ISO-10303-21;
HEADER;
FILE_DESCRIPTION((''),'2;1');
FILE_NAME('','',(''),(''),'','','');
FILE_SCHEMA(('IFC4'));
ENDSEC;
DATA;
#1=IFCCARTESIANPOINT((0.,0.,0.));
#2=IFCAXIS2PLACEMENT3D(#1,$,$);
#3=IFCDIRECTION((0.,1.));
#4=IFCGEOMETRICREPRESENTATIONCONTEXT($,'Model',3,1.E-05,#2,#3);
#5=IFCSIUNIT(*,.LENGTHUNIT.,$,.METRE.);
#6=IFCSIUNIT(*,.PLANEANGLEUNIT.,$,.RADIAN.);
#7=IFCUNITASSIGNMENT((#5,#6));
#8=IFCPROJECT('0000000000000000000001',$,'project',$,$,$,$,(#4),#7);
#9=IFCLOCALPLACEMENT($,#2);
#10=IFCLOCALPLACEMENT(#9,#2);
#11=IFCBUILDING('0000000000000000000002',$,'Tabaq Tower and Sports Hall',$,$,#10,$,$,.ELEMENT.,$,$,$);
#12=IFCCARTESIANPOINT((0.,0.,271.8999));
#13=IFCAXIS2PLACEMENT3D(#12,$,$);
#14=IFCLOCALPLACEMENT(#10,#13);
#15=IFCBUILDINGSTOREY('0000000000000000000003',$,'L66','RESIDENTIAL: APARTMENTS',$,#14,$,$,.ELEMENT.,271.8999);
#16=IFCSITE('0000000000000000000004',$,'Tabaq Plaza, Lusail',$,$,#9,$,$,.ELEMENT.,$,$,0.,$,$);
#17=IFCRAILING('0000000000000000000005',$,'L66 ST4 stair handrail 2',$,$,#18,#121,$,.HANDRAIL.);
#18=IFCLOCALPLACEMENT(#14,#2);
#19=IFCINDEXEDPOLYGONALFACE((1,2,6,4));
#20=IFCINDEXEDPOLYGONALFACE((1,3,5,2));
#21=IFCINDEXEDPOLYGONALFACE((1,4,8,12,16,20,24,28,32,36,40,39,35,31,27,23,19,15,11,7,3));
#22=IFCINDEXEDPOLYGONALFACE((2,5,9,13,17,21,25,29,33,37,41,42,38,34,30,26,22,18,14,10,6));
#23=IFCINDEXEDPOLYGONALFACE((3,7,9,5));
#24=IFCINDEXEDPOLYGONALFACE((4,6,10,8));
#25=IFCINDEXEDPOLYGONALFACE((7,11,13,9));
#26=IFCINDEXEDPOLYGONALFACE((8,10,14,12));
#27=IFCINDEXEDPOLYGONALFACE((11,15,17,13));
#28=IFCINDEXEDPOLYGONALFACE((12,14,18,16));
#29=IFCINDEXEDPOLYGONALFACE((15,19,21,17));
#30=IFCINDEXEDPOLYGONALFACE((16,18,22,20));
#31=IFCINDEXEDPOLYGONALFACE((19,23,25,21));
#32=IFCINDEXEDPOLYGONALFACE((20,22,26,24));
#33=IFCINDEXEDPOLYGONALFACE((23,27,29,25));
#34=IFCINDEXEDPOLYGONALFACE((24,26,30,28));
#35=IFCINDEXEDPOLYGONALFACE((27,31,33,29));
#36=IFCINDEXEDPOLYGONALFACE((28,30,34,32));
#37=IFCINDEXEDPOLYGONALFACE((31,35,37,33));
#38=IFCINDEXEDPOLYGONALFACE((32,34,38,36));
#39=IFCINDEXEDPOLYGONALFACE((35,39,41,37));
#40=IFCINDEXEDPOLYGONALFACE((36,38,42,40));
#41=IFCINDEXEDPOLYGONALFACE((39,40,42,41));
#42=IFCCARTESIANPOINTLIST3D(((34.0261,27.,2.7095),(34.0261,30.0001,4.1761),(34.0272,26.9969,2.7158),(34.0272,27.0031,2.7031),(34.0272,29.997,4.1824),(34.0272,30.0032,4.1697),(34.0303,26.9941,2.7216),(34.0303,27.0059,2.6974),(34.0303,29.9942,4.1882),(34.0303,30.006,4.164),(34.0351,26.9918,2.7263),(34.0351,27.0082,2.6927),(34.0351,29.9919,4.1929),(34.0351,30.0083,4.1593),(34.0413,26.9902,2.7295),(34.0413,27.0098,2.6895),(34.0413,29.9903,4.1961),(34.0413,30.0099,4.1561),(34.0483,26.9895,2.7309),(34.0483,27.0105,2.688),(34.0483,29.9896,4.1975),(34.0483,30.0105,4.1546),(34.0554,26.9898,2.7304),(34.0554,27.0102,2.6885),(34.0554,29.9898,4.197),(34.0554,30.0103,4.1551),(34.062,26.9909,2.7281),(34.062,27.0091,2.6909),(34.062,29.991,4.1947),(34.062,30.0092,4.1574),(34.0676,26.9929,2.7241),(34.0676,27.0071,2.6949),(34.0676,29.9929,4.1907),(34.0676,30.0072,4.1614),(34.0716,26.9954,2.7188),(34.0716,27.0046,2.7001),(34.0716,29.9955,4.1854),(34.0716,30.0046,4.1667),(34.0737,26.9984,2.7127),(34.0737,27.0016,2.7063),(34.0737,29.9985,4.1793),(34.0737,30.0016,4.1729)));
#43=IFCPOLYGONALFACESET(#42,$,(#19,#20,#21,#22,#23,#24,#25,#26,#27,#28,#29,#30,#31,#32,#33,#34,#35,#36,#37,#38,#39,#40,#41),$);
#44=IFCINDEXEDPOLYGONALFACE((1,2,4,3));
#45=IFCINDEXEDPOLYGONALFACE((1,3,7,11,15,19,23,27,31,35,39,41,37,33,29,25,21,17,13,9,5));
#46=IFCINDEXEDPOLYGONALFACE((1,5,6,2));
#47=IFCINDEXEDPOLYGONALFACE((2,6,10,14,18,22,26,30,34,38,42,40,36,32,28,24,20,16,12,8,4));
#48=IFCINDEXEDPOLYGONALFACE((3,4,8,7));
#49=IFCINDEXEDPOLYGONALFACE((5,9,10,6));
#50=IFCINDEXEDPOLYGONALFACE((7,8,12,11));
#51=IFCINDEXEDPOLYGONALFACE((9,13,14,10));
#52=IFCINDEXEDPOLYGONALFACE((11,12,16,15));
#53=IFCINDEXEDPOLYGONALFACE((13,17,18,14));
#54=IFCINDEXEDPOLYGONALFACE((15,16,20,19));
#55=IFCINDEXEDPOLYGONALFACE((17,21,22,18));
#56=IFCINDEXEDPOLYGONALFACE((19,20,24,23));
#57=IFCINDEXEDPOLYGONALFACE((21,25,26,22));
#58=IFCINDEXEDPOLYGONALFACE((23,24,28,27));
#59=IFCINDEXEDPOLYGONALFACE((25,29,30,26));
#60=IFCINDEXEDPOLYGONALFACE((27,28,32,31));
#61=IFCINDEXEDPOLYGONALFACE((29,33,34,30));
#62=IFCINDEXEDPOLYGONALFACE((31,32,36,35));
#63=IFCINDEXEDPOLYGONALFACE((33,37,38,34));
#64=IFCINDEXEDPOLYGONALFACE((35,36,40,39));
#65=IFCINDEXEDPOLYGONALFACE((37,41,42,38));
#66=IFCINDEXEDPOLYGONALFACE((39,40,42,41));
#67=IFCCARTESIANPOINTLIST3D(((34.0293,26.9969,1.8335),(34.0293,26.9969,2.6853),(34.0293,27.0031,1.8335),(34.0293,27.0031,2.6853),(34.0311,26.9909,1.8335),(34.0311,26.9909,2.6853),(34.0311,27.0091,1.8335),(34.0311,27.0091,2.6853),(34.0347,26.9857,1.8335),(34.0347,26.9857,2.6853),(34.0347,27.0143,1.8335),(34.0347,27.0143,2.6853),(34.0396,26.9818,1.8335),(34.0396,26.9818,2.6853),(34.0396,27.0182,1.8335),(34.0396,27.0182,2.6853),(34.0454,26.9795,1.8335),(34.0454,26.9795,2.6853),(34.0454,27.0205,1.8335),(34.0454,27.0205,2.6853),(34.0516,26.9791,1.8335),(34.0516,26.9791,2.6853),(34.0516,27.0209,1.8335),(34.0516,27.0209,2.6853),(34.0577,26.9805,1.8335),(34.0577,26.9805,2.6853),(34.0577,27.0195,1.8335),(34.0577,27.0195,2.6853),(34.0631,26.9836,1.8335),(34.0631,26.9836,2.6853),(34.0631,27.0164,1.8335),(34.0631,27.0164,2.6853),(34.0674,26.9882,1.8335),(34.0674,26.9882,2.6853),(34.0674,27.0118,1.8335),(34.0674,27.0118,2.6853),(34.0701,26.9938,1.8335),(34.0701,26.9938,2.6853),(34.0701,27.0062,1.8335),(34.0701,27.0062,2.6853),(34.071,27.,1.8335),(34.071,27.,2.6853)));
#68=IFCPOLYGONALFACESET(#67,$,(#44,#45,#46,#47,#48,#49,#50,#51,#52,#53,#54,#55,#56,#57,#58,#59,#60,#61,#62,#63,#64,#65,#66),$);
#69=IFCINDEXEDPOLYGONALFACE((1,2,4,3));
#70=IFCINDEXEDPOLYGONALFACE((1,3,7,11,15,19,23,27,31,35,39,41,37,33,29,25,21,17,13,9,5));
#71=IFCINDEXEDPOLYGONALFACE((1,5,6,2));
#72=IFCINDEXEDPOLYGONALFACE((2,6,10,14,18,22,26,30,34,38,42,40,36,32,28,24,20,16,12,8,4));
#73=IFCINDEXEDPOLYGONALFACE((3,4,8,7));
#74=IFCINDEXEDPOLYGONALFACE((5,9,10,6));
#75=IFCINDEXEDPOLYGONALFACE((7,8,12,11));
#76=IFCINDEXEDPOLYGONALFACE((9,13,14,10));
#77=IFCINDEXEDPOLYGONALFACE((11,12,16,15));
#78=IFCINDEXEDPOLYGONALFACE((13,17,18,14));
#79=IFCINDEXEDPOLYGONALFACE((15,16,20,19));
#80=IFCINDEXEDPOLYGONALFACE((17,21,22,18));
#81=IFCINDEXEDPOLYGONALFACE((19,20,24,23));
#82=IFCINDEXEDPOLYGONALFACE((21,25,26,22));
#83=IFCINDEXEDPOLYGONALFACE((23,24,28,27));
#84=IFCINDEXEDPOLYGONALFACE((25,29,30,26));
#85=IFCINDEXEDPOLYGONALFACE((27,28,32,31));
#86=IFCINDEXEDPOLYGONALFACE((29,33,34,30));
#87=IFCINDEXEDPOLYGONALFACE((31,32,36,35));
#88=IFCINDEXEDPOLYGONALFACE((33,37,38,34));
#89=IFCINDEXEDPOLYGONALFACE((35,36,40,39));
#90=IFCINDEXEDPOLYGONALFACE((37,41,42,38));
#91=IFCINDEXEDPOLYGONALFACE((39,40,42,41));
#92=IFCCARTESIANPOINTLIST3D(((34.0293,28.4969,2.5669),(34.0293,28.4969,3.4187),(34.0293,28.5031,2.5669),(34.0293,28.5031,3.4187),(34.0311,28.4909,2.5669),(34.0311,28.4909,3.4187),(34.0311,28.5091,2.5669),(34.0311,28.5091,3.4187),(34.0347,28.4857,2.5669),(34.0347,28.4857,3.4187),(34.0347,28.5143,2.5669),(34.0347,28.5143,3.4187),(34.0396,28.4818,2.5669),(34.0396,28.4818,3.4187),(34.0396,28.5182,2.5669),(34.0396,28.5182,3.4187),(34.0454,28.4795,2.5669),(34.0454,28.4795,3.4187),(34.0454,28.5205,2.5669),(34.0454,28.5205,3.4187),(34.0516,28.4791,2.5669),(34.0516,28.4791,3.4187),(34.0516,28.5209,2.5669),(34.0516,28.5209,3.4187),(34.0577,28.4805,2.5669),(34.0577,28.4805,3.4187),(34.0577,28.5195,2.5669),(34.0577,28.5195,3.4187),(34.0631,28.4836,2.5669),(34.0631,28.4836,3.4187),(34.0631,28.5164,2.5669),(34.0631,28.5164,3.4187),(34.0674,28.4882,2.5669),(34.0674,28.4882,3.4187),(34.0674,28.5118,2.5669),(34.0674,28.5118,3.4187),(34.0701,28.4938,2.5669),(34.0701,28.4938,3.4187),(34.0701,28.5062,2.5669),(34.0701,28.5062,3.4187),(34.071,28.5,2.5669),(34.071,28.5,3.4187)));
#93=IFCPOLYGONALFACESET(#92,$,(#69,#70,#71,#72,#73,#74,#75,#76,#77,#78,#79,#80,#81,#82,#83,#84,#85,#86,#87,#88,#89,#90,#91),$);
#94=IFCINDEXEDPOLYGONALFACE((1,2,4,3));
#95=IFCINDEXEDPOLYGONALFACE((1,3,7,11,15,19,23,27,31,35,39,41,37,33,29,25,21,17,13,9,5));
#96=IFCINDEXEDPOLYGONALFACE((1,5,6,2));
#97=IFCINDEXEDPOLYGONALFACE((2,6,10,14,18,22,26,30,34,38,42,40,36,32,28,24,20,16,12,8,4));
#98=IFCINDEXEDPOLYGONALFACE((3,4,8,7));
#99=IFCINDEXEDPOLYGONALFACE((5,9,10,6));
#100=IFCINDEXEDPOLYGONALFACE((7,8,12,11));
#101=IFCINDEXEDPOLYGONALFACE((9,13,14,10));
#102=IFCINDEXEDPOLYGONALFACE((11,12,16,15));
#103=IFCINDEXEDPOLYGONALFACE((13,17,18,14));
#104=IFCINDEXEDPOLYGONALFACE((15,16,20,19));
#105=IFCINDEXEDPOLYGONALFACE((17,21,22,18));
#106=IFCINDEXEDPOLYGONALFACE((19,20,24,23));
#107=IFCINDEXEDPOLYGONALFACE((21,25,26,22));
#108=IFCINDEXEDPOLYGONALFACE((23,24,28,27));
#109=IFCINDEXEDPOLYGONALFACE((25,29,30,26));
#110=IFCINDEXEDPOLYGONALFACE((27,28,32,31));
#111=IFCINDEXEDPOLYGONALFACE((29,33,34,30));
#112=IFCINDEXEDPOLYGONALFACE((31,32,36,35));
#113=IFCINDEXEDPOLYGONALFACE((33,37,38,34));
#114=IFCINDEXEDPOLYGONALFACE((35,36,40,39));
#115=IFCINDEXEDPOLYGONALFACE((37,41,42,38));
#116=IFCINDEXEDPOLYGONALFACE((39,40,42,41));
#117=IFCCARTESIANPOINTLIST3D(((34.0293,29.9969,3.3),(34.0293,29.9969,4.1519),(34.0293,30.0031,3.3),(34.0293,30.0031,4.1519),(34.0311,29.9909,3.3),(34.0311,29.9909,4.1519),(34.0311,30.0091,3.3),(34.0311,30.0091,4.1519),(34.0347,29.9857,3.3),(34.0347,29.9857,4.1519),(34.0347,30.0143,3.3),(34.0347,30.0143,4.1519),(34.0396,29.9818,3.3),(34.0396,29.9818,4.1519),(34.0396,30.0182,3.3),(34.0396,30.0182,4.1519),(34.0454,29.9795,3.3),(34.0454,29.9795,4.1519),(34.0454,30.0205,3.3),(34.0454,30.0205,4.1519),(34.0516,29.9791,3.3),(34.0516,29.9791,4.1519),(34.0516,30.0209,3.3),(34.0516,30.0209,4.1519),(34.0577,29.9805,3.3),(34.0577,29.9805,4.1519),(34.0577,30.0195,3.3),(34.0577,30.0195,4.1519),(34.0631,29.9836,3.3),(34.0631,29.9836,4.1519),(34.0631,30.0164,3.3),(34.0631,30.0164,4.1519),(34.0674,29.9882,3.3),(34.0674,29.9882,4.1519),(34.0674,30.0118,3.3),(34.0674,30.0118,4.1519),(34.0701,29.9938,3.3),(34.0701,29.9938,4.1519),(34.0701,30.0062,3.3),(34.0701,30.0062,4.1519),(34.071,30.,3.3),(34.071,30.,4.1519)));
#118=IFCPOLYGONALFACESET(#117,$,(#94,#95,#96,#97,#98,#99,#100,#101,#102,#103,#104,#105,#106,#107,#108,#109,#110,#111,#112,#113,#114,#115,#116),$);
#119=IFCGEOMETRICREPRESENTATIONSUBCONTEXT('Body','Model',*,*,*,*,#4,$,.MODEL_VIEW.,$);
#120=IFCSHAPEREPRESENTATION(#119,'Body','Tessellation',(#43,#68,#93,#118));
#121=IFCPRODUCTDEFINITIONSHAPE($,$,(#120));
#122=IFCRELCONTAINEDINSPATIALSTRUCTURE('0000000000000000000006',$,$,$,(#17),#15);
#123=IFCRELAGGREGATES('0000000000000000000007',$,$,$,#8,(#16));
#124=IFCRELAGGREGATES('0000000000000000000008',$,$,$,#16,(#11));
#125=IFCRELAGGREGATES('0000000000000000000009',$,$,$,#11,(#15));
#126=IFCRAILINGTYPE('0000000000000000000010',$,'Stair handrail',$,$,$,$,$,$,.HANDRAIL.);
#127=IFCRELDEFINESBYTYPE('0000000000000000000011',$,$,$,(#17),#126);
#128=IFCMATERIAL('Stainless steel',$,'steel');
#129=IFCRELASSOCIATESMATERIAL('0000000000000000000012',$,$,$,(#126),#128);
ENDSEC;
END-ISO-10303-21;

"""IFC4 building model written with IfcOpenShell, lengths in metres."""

from ifc_helpers import new_model, si_unit, direction, frame, origin, origin_2d, place, context, subcontext, project, spatial, circle, extrude, material, type_object, element, save


model = new_model("IFC4")

# Units and contexts
model_context = context("Model", 3, precision=1e-05, world=origin(), true_north=direction((0.0, 1.0)))
body_context = subcontext(model_context, "Body", "Model", "MODEL_VIEW")
ifc_project = project(units=[si_unit("LENGTHUNIT", "METRE"), si_unit("PLANEANGLEUNIT", "RADIAN")], contexts=[model_context])

# Site, building, storey
site_placement = place(None, origin())
site = spatial("IfcSite", under=ifc_project, at=site_placement, Name="Tabaq Plaza, Lusail", CompositionType="ELEMENT", RefElevation=0.0)
building_placement = place(site_placement, origin())
building = spatial("IfcBuilding", under=site, at=building_placement, Name="Tabaq Tower and Sports Hall", CompositionType="ELEMENT")
storey_placement = place(building_placement, frame((0.0, 0.0, 271.8999)))
storey = spatial("IfcBuildingStorey", under=building, at=storey_placement, Name="L66", Description="RESIDENTIAL: APARTMENTS", CompositionType="ELEMENT", Elevation=271.8999)

# Railing
ifc_material_1 = material(Name="Stainless steel", Category="steel")
railing_type_1 = type_object("IfcRailingType", Name="Stair handrail", PredefinedType="HANDRAIL", material=ifc_material_1)
railing_1_placement = place(storey_placement, frame((34.05, 27.0, 1.8335)))
element("IfcRailing", 1, at=railing_1_placement, inside=storey, type_object=railing_type_1, Name="L66 ST4 stair handrail 2", PredefinedType="HANDRAIL", context=body_context, shape_type="SweptSolid", body=[
    extrude(circle(Radius=0.0239, at=origin_2d()), frame((0.0, 0.0, 0.876), z_axis=(0.0, 0.898398, 0.439183), x_axis=(-1.0, 0.0, 0.0)), (0.0, 0.0, 1.0), 3.3394),
    extrude(circle(Radius=0.021, at=origin_2d()), origin(), (0.0, 0.0, 1.0), 0.8518),
    extrude(circle(Radius=0.021, at=origin_2d()), frame((0.0, 1.5, 0.7334)), (0.0, 0.0, 1.0), 0.8518),
    extrude(circle(Radius=0.021, at=origin_2d()), frame((0.0, 3.0, 1.4666)), (0.0, 0.0, 1.0), 0.8518),
])

save(model, "model.ifc")
